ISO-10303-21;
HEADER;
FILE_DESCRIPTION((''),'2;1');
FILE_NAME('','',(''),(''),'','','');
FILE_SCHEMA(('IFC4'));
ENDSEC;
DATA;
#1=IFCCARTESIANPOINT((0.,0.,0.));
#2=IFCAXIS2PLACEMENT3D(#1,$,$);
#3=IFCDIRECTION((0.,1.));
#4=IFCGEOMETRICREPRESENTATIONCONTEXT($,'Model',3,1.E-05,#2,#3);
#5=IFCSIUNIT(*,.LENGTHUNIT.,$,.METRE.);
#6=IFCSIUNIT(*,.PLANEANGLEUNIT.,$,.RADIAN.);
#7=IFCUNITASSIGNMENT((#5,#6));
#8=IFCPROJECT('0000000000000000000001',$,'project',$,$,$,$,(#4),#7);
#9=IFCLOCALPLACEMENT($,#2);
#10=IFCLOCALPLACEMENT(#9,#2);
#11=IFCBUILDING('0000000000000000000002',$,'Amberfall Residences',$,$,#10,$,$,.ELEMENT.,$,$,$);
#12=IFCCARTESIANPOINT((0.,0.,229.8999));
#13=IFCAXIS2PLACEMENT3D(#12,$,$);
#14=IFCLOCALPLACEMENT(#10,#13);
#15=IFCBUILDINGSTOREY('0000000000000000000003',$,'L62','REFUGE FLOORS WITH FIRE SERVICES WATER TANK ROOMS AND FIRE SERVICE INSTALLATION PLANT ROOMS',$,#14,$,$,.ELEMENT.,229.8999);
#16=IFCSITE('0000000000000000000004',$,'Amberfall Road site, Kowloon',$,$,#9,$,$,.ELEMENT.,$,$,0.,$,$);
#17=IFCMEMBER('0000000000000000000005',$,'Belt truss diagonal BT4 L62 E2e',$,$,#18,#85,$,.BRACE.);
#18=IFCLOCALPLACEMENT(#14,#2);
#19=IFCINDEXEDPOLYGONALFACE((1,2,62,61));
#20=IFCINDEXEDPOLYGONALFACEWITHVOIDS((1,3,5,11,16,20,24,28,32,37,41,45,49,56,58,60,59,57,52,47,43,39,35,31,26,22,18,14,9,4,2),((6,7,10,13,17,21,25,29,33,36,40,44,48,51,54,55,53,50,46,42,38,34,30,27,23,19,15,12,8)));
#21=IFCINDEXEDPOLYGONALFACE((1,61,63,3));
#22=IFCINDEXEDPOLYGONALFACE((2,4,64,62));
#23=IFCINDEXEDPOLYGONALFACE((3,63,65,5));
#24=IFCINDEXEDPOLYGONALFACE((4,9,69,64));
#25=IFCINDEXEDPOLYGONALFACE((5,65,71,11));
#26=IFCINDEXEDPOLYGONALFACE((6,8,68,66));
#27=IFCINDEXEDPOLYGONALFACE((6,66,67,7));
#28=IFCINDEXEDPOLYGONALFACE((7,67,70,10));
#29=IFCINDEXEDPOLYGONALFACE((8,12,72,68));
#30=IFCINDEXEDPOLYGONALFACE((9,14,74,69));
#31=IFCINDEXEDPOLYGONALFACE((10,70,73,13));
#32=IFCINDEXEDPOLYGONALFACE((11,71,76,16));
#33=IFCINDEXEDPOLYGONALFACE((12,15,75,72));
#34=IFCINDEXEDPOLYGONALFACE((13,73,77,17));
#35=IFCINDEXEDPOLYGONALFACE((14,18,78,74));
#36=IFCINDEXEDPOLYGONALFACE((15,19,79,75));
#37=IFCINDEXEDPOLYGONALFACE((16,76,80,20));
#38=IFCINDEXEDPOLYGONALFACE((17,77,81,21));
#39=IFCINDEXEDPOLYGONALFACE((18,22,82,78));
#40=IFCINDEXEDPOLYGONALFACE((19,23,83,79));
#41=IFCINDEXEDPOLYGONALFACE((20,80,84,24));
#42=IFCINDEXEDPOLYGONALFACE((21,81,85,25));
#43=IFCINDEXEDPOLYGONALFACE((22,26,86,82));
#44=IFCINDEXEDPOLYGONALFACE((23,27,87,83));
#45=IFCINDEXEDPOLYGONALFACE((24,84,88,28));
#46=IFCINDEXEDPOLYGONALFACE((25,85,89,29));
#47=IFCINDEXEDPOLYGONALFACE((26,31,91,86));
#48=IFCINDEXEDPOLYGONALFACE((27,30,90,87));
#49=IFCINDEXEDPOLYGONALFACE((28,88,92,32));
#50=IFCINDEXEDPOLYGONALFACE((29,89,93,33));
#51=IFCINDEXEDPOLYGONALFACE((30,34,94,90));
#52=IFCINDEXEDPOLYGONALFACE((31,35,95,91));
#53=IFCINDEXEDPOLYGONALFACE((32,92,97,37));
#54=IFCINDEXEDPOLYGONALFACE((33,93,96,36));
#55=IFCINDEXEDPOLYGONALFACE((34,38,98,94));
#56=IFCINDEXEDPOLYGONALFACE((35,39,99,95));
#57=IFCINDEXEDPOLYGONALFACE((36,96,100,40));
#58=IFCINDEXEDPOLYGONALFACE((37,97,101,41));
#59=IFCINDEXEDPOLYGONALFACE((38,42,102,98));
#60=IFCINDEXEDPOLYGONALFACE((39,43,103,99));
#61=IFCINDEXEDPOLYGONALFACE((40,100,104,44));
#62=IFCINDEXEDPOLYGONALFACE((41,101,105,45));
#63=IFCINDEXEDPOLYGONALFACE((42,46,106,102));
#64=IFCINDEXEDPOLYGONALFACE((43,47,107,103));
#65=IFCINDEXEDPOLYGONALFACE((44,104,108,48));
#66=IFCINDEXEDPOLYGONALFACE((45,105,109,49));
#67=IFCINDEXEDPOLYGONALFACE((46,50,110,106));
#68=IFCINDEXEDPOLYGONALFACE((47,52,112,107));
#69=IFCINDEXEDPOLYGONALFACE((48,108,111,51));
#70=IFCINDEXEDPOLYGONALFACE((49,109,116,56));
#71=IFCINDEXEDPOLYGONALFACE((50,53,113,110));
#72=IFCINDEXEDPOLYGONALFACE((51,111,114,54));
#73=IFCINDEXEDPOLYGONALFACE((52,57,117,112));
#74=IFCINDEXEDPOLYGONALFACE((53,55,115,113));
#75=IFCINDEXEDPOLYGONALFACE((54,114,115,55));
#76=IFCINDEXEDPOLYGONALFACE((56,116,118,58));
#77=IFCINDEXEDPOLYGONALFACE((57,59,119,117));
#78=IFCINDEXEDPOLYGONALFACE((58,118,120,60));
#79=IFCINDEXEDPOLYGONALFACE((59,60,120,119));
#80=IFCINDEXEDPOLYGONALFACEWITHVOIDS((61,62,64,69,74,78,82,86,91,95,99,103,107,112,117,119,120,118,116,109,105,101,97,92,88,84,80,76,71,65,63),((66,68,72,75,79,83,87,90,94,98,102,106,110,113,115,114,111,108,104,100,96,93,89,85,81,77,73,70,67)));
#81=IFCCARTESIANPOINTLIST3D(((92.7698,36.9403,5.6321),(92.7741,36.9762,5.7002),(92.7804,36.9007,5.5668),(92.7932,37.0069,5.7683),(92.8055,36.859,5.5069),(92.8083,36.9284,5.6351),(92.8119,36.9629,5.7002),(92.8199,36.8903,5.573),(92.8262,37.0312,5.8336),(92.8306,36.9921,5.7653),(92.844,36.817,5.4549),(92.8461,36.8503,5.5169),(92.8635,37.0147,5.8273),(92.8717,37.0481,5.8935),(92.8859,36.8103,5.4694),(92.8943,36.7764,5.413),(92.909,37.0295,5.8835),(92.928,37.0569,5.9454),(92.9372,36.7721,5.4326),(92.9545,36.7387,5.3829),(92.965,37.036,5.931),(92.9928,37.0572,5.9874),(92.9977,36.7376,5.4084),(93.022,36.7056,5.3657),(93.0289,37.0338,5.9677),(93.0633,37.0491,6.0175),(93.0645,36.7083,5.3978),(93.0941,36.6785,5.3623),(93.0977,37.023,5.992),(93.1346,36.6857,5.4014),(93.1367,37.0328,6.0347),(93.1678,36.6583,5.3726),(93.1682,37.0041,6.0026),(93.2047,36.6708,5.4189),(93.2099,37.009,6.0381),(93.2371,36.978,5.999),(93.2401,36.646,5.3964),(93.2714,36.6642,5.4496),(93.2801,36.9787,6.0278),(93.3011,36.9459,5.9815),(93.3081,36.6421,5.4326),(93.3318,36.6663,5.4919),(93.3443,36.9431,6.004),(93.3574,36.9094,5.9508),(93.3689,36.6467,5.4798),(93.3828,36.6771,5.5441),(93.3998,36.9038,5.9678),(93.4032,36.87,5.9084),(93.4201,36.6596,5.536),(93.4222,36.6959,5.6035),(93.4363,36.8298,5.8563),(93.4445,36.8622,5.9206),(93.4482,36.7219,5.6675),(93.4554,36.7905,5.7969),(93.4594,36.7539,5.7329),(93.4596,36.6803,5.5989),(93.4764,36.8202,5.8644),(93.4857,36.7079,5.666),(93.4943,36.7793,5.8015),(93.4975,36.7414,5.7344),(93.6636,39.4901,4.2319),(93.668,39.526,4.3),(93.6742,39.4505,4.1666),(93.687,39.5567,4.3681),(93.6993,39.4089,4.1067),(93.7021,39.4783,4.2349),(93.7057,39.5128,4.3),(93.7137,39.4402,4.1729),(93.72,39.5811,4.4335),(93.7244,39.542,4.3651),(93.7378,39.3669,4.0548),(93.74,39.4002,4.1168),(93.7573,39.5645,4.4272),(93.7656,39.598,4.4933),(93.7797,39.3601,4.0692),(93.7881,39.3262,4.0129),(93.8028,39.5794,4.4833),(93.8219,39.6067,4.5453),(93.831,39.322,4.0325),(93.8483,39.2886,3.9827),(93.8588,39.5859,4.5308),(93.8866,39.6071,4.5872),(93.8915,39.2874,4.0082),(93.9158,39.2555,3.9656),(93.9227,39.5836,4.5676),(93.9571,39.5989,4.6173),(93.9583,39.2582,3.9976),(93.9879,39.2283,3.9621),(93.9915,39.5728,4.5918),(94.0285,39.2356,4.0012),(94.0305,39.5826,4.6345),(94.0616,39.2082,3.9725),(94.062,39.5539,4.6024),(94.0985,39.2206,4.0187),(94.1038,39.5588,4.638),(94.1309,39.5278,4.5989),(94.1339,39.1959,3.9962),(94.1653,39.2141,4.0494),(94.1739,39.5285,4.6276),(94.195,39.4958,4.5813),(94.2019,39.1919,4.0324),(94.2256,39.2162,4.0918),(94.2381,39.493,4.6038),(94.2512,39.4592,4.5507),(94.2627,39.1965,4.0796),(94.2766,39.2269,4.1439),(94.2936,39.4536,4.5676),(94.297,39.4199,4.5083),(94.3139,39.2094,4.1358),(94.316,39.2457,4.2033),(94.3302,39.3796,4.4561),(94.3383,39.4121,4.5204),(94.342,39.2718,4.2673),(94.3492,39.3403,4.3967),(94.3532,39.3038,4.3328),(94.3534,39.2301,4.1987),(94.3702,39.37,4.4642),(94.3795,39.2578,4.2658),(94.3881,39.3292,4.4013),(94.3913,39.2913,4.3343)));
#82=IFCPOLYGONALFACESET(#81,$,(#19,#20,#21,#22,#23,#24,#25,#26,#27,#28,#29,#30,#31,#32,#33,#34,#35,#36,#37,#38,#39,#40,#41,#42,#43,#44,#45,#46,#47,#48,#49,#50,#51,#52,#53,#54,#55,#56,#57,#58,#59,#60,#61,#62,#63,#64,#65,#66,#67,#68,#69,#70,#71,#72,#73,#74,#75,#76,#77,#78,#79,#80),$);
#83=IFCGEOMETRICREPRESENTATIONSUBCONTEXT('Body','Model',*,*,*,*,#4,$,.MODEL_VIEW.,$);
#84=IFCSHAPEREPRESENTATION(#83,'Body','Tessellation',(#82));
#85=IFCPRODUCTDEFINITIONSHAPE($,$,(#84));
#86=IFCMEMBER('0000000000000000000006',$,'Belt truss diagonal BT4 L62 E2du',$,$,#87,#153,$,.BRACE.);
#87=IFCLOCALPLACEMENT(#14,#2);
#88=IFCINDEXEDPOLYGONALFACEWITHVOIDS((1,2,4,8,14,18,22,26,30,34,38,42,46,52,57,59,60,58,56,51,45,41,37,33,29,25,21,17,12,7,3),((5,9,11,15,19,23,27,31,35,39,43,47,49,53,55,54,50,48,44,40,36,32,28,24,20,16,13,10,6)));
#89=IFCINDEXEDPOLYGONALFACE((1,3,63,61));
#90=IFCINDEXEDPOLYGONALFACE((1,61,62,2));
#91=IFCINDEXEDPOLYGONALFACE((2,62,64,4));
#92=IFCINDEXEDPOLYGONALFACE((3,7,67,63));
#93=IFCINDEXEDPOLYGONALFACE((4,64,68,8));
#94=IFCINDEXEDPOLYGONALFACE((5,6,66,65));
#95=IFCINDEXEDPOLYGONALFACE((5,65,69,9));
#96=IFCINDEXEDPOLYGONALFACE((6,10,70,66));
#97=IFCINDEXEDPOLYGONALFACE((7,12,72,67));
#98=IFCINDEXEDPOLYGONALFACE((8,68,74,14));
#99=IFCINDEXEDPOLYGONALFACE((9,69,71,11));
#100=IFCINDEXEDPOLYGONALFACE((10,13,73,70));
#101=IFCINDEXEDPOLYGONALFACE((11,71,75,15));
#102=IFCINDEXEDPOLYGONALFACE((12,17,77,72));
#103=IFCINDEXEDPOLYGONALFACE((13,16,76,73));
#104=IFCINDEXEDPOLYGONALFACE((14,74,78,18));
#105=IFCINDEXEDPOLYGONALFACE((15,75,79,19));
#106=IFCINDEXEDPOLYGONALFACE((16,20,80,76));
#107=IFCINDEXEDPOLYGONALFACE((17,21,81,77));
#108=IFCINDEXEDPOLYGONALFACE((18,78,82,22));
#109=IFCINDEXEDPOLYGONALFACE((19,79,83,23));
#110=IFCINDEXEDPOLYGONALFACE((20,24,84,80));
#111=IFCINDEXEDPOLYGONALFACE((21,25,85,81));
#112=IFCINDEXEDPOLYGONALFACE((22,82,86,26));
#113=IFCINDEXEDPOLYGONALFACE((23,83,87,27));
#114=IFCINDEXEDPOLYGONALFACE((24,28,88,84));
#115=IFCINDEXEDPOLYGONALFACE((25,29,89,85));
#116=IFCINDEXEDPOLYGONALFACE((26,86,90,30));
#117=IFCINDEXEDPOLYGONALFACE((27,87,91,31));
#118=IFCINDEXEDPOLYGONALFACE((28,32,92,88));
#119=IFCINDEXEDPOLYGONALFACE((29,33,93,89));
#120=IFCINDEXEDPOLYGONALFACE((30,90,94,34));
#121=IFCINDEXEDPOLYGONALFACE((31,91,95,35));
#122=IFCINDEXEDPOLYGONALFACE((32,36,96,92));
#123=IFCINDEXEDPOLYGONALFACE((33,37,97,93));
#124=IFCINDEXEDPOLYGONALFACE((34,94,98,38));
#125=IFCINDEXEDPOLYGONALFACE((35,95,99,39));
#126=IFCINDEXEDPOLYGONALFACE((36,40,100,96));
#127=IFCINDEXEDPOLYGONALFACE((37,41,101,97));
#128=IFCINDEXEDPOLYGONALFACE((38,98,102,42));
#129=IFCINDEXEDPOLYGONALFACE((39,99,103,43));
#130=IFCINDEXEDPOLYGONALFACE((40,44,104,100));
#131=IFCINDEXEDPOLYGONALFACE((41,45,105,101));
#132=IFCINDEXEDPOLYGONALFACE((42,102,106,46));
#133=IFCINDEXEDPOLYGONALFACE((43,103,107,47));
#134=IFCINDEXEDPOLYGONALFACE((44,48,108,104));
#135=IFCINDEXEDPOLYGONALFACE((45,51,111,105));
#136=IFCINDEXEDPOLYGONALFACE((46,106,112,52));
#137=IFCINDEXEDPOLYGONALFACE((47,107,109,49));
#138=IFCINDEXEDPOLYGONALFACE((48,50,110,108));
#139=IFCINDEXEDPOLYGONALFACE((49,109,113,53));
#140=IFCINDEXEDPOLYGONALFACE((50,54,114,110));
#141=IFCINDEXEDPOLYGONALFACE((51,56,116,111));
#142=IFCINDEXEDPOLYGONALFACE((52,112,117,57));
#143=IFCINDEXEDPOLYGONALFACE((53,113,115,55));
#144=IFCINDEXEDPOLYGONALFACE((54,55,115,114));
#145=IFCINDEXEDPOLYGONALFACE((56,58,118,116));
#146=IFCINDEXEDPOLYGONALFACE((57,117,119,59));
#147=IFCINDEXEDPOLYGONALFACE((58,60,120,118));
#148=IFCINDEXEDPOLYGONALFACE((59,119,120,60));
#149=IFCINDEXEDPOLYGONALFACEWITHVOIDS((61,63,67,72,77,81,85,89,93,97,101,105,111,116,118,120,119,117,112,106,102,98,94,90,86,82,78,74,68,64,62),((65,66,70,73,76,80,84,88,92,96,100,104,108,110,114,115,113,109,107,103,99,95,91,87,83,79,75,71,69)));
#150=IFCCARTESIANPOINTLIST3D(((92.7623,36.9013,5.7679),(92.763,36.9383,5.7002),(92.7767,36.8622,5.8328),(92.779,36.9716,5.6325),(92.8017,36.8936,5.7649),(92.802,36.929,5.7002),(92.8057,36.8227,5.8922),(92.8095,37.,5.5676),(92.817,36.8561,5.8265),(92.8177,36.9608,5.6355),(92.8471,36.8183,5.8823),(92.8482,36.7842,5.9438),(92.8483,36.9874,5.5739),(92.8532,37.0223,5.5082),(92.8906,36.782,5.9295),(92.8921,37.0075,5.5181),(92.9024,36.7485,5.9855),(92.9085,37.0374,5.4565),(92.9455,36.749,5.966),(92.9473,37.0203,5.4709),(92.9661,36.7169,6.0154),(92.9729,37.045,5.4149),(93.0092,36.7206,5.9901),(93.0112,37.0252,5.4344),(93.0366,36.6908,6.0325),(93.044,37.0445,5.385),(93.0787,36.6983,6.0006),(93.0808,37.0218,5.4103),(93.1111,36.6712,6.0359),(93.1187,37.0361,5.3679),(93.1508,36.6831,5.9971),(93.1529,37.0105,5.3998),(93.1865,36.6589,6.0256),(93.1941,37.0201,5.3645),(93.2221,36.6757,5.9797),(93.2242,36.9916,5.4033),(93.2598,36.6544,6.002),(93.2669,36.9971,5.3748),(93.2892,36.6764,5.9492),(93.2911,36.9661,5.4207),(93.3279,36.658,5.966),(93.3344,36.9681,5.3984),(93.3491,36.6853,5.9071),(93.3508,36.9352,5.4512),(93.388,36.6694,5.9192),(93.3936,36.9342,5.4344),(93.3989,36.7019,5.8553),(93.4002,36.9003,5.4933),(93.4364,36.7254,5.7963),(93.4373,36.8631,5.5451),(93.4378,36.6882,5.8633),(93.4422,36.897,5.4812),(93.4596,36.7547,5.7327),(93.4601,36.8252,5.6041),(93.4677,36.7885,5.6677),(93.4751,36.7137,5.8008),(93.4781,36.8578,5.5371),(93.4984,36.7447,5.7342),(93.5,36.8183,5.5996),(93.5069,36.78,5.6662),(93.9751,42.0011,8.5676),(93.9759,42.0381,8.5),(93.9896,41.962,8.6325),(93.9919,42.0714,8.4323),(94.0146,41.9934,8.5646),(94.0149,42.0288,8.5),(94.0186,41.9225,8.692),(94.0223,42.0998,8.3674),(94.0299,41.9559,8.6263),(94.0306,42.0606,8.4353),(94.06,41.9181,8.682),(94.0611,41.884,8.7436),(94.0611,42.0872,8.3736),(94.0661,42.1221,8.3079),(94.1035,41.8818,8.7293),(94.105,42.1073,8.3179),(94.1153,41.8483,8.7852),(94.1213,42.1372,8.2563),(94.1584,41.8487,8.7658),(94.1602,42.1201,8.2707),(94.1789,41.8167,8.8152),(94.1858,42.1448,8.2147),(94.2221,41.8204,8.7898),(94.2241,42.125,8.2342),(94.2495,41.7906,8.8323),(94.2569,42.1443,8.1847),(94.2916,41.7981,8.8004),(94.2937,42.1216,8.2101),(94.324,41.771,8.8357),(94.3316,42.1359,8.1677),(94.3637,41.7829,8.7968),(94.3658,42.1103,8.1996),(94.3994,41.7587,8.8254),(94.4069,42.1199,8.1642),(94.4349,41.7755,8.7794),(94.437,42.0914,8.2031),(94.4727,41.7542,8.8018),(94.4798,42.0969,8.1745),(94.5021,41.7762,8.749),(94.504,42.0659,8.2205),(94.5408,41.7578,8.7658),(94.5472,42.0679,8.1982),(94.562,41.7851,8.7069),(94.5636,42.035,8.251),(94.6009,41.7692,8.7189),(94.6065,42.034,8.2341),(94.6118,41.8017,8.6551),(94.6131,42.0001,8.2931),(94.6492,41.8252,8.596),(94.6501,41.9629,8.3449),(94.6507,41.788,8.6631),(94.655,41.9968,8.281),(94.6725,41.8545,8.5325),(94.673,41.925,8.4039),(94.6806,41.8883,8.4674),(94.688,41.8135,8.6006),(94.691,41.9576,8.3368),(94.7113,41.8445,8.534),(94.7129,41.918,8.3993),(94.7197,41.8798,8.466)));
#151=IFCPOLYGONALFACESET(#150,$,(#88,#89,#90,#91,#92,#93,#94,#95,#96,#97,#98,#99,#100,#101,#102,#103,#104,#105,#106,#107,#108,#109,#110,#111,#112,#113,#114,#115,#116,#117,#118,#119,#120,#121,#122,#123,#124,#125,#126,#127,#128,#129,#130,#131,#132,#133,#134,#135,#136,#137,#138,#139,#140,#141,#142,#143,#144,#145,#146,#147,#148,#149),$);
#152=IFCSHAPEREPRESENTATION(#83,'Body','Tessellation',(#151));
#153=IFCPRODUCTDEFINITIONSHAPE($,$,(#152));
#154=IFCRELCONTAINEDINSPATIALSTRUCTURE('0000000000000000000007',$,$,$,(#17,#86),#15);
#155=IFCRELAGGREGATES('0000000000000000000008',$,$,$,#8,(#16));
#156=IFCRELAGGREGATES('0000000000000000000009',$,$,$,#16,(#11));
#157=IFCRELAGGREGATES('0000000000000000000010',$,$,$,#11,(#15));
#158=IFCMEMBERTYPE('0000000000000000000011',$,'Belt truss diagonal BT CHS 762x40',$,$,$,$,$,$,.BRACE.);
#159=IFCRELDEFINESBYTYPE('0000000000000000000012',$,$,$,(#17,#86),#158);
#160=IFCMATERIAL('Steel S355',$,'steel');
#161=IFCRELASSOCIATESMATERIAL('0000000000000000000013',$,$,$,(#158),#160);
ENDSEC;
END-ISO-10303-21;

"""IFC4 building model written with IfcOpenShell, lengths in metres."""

from ifc_helpers import new_model, si_unit, direction, frame, origin, origin_2d, place, context, subcontext, project, spatial, hollow_circle, extrude, material, material_profile, profile_set, type_object, element, save


model = new_model("IFC4")

# Units and contexts
model_context = context("Model", 3, precision=1e-05, world=origin(), true_north=direction((0.0, 1.0)))
body_context = subcontext(model_context, "Body", "Model", "MODEL_VIEW")
ifc_project = project(units=[si_unit("LENGTHUNIT", "METRE"), si_unit("PLANEANGLEUNIT", "RADIAN")], contexts=[model_context])

# Site, building, storey
site_placement = place(None, origin())
site = spatial("IfcSite", under=ifc_project, at=site_placement, Name="Amberfall Road site, Kowloon", CompositionType="ELEMENT", RefElevation=0.0)
building_placement = place(site_placement, origin())
building = spatial("IfcBuilding", under=site, at=building_placement, Name="Amberfall Residences", CompositionType="ELEMENT")
storey_placement = place(building_placement, frame((0.0, 0.0, 229.8999)))
storey = spatial("IfcBuildingStorey", under=building, at=storey_placement, Name="L62", Description="REFUGE FLOORS WITH FIRE SERVICES WATER TANK ROOMS AND FIRE SERVICE INSTALLATION PLANT ROOMS", CompositionType="ELEMENT", Elevation=229.8999)

# Shared definitions
ifc_material_1 = material(Name="Steel S355", Category="steel")

# Members
ifc_material_profile_1 = material_profile(ifc_material_1, hollow_circle(Radius=0.3811, WallThickness=0.04, at=origin_2d()), Name="CHS 762x40")
ifc_profile_set_1 = profile_set([ifc_material_profile_1], Name="Steel S355")
member_type = type_object("IfcMemberType", Name="Belt truss diagonal BT CHS 762x40", PredefinedType="BRACE", material=ifc_profile_set_1)
member_1_placement = place(storey_placement, frame((93.1338, 36.8501, 5.7002), z_axis=(0.293708, 0.837882, -0.460097), x_axis=(-0.9437, 0.330801, 0.0)))
element("IfcMember", 1, at=member_1_placement, inside=storey, type_object=member_type, Name="Belt truss diagonal BT4 L62 E2e", PredefinedType="BRACE", context=body_context, shape_type="SweptSolid", body=[
    extrude(hollow_circle(Radius=0.3811, WallThickness=0.04, at=origin_2d()), origin(), (0.0, 0.0, 1.0), 3.0432),
])
member_2_placement = place(storey_placement, frame((93.1338, 36.8501, 5.7002), z_axis=(0.204089, 0.858137, 0.471115), x_axis=(-0.972865, 0.231375, 0.0)))
element("IfcMember", 2, at=member_2_placement, inside=storey, type_object=member_type, Name="Belt truss diagonal BT4 L62 E2du", PredefinedType="BRACE", context=body_context, shape_type="SweptSolid", body=[
    extrude(hollow_circle(Radius=0.3811, WallThickness=0.04, at=origin_2d()), origin(), (0.0, 0.0, 1.0), 5.9429),
])

save(model, "model.ifc")
